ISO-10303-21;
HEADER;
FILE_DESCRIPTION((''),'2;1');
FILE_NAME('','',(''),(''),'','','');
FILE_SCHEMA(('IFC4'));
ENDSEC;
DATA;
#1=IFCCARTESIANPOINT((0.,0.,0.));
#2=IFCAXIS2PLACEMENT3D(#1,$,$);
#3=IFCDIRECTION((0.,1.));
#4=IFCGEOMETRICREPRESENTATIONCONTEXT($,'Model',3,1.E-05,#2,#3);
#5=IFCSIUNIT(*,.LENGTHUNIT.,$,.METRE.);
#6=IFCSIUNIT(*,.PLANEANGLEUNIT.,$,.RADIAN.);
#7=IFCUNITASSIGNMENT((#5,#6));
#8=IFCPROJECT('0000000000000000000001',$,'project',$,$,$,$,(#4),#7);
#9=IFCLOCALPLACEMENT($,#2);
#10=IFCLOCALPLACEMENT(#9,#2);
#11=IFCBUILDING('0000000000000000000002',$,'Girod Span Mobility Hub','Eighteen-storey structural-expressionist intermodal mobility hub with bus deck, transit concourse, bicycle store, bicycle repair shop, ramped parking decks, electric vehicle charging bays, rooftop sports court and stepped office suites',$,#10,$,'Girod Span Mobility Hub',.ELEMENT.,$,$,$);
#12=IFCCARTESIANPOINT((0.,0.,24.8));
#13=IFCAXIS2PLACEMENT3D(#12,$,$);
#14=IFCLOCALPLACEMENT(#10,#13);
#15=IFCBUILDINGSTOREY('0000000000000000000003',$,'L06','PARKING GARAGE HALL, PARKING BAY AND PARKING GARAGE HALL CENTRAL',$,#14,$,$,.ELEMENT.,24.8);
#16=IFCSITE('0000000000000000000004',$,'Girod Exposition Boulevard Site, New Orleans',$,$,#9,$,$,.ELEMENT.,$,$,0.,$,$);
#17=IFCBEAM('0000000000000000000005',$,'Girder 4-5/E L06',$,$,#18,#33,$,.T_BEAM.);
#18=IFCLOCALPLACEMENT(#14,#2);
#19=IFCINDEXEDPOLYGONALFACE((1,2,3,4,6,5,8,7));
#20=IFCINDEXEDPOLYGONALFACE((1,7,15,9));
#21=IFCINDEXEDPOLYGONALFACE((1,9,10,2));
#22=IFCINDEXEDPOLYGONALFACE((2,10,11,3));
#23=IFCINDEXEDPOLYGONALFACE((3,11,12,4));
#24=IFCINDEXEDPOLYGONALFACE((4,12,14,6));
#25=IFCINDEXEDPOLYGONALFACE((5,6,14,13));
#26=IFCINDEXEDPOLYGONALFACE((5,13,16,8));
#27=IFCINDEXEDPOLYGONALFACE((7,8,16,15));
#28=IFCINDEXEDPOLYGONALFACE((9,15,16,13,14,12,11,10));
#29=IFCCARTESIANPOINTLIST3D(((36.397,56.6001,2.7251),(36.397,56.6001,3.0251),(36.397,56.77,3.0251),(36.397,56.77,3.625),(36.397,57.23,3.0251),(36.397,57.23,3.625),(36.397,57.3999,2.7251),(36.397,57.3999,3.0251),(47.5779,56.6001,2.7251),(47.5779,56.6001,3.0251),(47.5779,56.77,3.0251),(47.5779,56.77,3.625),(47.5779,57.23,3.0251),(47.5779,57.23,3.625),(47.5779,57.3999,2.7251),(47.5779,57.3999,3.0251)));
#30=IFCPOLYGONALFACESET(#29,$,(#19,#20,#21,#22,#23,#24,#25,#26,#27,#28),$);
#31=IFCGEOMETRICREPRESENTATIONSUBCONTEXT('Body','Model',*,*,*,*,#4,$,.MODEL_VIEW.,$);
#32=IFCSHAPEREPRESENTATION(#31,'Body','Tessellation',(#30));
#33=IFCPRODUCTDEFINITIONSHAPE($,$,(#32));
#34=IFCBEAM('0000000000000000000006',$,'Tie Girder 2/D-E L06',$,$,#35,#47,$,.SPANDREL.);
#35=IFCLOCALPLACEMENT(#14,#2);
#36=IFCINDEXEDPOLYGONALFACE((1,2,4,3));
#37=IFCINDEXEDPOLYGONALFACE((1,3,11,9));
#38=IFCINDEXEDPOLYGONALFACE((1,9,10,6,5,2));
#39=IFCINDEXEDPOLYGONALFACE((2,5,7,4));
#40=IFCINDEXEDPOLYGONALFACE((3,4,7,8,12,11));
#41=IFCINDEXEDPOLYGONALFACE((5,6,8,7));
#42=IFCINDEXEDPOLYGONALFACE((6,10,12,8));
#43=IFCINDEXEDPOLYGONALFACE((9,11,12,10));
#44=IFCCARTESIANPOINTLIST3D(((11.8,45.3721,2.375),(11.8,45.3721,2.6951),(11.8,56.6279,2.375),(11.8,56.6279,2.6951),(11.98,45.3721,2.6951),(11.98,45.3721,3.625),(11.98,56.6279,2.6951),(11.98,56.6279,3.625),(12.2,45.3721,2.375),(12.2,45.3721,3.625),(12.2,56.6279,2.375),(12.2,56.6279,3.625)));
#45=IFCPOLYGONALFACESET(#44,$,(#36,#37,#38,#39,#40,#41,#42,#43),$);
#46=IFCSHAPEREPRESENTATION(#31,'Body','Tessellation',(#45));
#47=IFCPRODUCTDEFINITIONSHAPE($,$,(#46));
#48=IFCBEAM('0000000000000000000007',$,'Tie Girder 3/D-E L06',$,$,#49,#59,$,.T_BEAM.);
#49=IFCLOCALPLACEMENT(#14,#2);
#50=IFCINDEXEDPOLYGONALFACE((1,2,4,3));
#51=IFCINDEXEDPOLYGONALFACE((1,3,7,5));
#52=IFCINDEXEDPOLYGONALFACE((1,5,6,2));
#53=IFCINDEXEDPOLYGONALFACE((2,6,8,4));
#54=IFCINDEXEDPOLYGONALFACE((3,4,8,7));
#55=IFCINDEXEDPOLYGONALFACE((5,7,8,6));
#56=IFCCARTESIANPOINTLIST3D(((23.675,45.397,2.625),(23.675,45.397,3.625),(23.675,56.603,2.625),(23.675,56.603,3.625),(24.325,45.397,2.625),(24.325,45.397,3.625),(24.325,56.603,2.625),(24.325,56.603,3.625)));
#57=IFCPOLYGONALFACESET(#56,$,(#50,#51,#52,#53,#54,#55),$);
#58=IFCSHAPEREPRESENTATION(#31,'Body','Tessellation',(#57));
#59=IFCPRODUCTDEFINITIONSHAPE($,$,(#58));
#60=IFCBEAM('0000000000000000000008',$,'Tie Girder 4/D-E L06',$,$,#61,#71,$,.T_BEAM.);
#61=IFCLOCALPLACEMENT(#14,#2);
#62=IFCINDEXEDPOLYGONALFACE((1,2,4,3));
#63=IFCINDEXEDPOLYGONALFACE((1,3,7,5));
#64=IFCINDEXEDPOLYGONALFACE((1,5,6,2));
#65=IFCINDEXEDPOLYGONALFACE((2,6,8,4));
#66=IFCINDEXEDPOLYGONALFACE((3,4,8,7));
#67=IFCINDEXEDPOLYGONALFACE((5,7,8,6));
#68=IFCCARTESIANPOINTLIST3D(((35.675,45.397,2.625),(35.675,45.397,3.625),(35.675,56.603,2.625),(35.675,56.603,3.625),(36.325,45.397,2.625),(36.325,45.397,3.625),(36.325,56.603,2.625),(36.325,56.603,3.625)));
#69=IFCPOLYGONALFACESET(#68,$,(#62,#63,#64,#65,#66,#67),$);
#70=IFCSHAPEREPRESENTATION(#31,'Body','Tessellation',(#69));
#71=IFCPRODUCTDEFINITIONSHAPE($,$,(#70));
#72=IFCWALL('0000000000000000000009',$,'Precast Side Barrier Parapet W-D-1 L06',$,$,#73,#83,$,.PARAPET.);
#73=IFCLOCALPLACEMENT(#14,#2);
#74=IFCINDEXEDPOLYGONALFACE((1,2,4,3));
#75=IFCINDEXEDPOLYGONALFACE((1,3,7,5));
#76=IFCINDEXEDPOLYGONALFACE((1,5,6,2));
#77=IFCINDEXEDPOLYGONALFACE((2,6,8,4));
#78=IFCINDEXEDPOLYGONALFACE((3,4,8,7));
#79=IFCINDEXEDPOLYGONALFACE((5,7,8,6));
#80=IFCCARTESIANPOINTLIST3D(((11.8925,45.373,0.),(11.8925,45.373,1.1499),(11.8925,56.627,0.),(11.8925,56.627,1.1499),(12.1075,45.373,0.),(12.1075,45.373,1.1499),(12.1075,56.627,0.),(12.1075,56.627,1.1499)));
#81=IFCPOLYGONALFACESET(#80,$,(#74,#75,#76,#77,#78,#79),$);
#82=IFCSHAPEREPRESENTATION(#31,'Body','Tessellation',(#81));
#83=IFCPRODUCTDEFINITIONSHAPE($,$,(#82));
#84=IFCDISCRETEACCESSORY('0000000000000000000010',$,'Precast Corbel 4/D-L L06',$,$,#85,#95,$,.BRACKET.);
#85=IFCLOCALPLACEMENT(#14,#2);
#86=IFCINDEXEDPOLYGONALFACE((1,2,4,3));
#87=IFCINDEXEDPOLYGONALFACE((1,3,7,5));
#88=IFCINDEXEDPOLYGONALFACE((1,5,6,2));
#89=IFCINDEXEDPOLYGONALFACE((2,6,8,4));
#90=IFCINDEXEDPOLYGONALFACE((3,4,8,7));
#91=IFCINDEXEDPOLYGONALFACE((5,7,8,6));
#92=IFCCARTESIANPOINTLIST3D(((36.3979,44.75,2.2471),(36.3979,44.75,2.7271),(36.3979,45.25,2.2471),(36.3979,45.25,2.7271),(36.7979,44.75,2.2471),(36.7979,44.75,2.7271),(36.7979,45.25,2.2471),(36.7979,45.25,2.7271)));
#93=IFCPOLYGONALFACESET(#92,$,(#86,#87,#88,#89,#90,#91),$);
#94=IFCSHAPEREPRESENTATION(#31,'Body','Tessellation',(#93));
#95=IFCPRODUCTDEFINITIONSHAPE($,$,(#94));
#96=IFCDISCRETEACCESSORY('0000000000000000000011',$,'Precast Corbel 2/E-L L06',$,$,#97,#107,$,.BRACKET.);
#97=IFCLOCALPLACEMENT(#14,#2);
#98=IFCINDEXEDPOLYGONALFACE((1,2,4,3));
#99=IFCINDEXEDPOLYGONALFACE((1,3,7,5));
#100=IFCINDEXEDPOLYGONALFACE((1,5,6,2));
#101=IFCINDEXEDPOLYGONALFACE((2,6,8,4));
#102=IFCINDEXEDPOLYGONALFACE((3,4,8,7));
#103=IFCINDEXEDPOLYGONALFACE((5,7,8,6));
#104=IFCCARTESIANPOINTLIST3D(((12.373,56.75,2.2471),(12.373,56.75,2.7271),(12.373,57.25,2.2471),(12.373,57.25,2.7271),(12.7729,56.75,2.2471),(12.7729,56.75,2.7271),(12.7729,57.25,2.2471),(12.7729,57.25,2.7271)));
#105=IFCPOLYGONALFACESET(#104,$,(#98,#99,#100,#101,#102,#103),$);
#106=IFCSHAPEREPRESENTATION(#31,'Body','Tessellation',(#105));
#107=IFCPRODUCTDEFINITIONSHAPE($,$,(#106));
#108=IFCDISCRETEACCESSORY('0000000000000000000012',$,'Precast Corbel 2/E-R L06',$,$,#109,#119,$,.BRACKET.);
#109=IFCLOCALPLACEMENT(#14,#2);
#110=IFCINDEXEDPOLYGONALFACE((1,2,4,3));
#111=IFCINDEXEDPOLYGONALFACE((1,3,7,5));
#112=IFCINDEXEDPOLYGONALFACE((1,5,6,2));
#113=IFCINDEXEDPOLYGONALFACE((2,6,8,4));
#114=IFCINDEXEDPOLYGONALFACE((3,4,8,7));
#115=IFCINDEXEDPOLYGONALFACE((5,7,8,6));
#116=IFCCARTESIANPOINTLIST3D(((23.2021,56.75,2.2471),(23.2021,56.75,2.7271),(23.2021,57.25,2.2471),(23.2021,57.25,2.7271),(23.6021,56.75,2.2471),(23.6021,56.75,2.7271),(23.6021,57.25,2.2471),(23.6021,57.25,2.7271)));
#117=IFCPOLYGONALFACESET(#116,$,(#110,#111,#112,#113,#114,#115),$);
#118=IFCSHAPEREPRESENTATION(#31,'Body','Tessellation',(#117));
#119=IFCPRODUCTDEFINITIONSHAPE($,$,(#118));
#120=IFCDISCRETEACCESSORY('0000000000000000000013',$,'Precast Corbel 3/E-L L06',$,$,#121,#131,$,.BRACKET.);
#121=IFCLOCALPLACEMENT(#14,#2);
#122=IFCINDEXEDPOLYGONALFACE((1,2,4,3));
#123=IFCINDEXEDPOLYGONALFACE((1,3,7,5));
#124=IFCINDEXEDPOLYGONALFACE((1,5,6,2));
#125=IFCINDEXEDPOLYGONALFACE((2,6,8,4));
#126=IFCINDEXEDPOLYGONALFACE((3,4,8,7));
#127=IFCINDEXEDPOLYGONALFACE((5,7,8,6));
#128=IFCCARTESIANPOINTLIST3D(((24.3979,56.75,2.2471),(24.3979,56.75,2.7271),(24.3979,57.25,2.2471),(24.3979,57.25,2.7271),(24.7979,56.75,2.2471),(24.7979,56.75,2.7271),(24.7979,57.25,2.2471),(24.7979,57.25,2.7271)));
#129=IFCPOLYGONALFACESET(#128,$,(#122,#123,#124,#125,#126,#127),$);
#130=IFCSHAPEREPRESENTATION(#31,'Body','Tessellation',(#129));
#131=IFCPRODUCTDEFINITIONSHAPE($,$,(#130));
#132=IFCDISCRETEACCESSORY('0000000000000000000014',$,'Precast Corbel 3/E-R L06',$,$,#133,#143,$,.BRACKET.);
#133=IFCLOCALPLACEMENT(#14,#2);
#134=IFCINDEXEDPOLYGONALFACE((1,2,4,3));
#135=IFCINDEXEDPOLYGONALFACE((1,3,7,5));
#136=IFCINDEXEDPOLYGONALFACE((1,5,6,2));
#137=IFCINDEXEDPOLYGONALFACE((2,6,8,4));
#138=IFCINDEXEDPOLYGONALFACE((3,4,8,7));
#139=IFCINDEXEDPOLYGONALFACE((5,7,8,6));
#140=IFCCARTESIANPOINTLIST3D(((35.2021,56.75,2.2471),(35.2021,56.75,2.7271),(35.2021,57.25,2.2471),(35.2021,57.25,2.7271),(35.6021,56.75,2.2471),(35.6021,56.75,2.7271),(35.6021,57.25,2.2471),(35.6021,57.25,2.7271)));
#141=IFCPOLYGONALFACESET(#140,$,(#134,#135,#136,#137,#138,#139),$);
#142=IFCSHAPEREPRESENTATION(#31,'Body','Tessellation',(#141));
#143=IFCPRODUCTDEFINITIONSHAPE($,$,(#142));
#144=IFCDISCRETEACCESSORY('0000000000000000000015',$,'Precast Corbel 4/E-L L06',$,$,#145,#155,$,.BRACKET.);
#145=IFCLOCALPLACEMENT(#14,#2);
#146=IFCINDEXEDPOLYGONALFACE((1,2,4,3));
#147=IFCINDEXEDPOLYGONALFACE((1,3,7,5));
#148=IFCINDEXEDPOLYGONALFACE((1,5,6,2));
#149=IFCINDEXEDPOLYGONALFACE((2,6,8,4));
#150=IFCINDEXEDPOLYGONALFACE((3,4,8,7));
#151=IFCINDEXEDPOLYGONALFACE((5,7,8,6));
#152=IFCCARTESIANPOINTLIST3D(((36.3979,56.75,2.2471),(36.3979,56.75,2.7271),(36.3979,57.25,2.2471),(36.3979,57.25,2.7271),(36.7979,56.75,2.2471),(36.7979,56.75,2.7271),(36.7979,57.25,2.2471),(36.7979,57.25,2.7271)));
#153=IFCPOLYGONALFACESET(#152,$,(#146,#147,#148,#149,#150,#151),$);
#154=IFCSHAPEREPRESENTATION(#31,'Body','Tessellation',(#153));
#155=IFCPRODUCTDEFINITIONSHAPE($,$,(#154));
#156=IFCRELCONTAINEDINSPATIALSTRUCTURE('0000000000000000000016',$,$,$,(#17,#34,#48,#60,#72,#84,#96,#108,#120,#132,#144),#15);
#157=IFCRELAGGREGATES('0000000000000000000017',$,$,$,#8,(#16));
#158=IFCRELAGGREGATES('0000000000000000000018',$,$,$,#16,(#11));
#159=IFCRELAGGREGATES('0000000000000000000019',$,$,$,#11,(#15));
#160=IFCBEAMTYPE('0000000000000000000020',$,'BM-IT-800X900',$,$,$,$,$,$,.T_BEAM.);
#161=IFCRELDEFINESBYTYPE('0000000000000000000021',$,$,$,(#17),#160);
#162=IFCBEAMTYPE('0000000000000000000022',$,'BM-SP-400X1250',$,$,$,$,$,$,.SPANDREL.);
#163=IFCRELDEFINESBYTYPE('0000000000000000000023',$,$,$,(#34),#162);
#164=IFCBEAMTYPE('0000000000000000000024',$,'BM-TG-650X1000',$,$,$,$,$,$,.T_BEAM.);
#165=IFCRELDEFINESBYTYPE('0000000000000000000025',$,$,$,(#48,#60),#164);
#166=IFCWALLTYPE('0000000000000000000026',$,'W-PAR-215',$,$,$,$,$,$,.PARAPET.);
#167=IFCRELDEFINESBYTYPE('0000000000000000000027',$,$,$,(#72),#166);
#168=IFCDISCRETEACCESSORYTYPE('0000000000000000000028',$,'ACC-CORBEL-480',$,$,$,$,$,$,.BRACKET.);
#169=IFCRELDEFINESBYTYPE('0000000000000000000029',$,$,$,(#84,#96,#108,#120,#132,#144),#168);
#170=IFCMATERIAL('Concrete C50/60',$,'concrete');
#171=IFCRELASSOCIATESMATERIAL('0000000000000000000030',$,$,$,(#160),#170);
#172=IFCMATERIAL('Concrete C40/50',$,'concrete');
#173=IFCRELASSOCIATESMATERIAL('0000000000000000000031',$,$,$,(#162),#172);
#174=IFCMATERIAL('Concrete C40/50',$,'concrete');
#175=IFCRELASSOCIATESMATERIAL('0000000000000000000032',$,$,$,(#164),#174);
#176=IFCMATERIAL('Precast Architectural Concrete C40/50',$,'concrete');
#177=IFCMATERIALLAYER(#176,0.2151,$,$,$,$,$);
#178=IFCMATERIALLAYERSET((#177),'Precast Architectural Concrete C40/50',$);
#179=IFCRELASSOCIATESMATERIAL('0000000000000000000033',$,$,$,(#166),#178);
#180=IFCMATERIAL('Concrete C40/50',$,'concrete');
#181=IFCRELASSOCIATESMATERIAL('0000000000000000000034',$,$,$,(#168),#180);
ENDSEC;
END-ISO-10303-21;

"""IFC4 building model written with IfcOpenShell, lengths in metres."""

from ifc_helpers import new_model, si_unit, direction, frame, frame_2d, origin, origin_2d, place, context, subcontext, project, spatial, polyline, rectangle, outline, extrude, material, layer, layer_set, material_profile, profile_set, type_object, element, save


model = new_model("IFC4")

# Units and contexts
model_context = context("Model", 3, precision=1e-05, world=origin(), true_north=direction((0.0, 1.0)))
body_context = subcontext(model_context, "Body", "Model", "MODEL_VIEW")
ifc_project = project(units=[si_unit("LENGTHUNIT", "METRE"), si_unit("PLANEANGLEUNIT", "RADIAN")], contexts=[model_context])

# Site, building, storey
site_placement = place(None, origin())
site = spatial("IfcSite", under=ifc_project, at=site_placement, Name="Girod Exposition Boulevard Site, New Orleans", CompositionType="ELEMENT", RefElevation=0.0)
building_placement = place(site_placement, origin())
building = spatial("IfcBuilding", under=site, at=building_placement, Name="Girod Span Mobility Hub", Description="Eighteen-storey structural-expressionist intermodal mobility hub with bus deck, transit concourse, bicycle store, bicycle repair shop, ramped parking decks, electric vehicle charging bays, rooftop sports court and stepped office suites", LongName="Girod Span Mobility Hub", CompositionType="ELEMENT")
storey_placement = place(building_placement, frame((0.0, 0.0, 24.8)))
storey = spatial("IfcBuildingStorey", under=building, at=storey_placement, Name="L06", Description="PARKING GARAGE HALL, PARKING BAY AND PARKING GARAGE HALL CENTRAL", CompositionType="ELEMENT", Elevation=24.8)

# Beams
ifc_material_1 = material(Name="Concrete C50/60", Category="concrete")
ifc_material_profile_1 = material_profile(ifc_material_1, outline(polyline([(-0.3999, -0.45), (0.3999, -0.45), (0.3999, -0.1499), (0.23, -0.1499), (0.23, 0.45), (-0.23, 0.45), (-0.23, -0.1499), (-0.3999, -0.1499), (-0.3999, -0.45)])), Name="IT-800X900")
ifc_profile_set_1 = profile_set([ifc_material_profile_1], Name="Concrete C50/60")
beam_type_1 = type_object("IfcBeamType", Name="BM-IT-800X900", PredefinedType="T_BEAM", material=ifc_profile_set_1)
beam_1_placement = place(storey_placement, frame((36.397, 57.0, 3.175), z_axis=(1.0, 0.0, 0.0), x_axis=(0.0, 1.0, 0.0)))
element("IfcBeam", 1, at=beam_1_placement, inside=storey, type_object=beam_type_1, Name="Girder 4-5/E L06", PredefinedType="T_BEAM", context=body_context, shape_type="SweptSolid", body=[
    extrude(outline(polyline([(-0.3999, -0.45), (0.3999, -0.45), (0.3999, -0.1499), (0.23, -0.1499), (0.23, 0.45), (-0.23, 0.45), (-0.23, -0.1499), (-0.3999, -0.1499), (-0.3999, -0.45)])), origin(), (0.0, 0.0, 1.0), 11.1809),
])
ifc_material_2 = material(Name="Concrete C40/50", Category="concrete")
ifc_material_profile_2 = material_profile(ifc_material_2, outline(polyline([(-0.2, -0.625), (0.2, -0.625), (0.2, -0.3049), (0.02, -0.3049), (0.02, 0.625), (-0.2, 0.625), (-0.2, -0.625)])), Name="SP-400X1250")
ifc_profile_set_2 = profile_set([ifc_material_profile_2], Name="Concrete C40/50")
beam_type_2 = type_object("IfcBeamType", Name="BM-SP-400X1250", PredefinedType="SPANDREL", material=ifc_profile_set_2)
beam_2_placement = place(storey_placement, frame((12.0, 45.3721, 3.0), z_axis=(0.0, 1.0, 0.0), x_axis=(-1.0, 0.0, 0.0)))
element("IfcBeam", 2, at=beam_2_placement, inside=storey, type_object=beam_type_2, Name="Tie Girder 2/D-E L06", PredefinedType="SPANDREL", context=body_context, shape_type="SweptSolid", body=[
    extrude(outline(polyline([(-0.2, -0.625), (0.2, -0.625), (0.2, -0.3049), (0.02, -0.3049), (0.02, 0.625), (-0.2, 0.625), (-0.2, -0.625)])), origin(), (0.0, 0.0, 1.0), 11.2559),
])
ifc_material_3 = material(Name="Concrete C40/50", Category="concrete")
ifc_material_profile_3 = material_profile(ifc_material_3, rectangle(XDim=0.6499, YDim=1.0, at=origin_2d()), Name="TG-650X1000")
ifc_profile_set_3 = profile_set([ifc_material_profile_3], Name="Concrete C40/50")
beam_type_3 = type_object("IfcBeamType", Name="BM-TG-650X1000", PredefinedType="T_BEAM", material=ifc_profile_set_3)
for number, where, z_axis, x_axis, name in (
    (3, (24.0, 45.397, 3.125), (0.0, 1.0, 0.0), (-1.0, 0.0, 0.0), "Tie Girder 3/D-E L06"),
    (4, (36.0, 45.397, 3.125), (0.0, 1.0, 0.0), (-1.0, 0.0, 0.0), "Tie Girder 4/D-E L06"),
):
    element("IfcBeam", number, at=place(storey_placement, frame(where, z_axis=z_axis, x_axis=x_axis)), inside=storey, type_object=beam_type_3, Name=name, PredefinedType="T_BEAM", context=body_context, shape_type="SweptSolid", body=[
        extrude(rectangle(XDim=0.6499, YDim=1.0, at=origin_2d()), origin(), (0.0, 0.0, 1.0), 11.2061),
    ])

# Wall
ifc_material_4 = material(Name="Precast Architectural Concrete C40/50", Category="concrete")
ifc_layer = layer(ifc_material_4, 0.2151)
ifc_layer_set = layer_set([ifc_layer], Name="Precast Architectural Concrete C40/50")
wall_type = type_object("IfcWallType", Name="W-PAR-215", PredefinedType="PARAPET", material=ifc_layer_set)
wall_placement = place(storey_placement, frame((12.0, 45.373, 0.0), z_axis=(0.0, 0.0, 1.0), x_axis=(0.0, 1.0, 0.0)))
element("IfcWall", 5, at=wall_placement, inside=storey, type_object=wall_type, Name="Precast Side Barrier Parapet W-D-1 L06", PredefinedType="PARAPET", context=body_context, shape_type="SweptSolid", body=[
    extrude(rectangle(XDim=11.2539, YDim=0.2151, at=frame_2d((5.627, 0.0))), origin(), (0.0, 0.0, 1.0), 1.1499),
])

# Discrete accessories
ifc_material_5 = material(Name="Concrete C40/50", Category="concrete")
discrete_accessory_type = type_object("IfcDiscreteAccessoryType", Name="ACC-CORBEL-480", PredefinedType="BRACKET", material=ifc_material_5)
for number, where, z_axis, x_axis, name in (
    (6, (36.5979, 45.0, 2.2471), (0.0, 0.0, 1.0), (1.0, 0.0, 0.0), "Precast Corbel 4/D-L L06"),
    (7, (12.573, 57.0, 2.2471), (0.0, 0.0, 1.0), (1.0, 0.0, 0.0), "Precast Corbel 2/E-L L06"),
    (8, (23.4021, 57.0, 2.2471), (0.0, 0.0, 1.0), (1.0, 0.0, 0.0), "Precast Corbel 2/E-R L06"),
    (9, (24.5979, 57.0, 2.2471), (0.0, 0.0, 1.0), (1.0, 0.0, 0.0), "Precast Corbel 3/E-L L06"),
    (10, (35.4021, 57.0, 2.2471), (0.0, 0.0, 1.0), (1.0, 0.0, 0.0), "Precast Corbel 3/E-R L06"),
    (11, (36.5979, 57.0, 2.2471), (0.0, 0.0, 1.0), (1.0, 0.0, 0.0), "Precast Corbel 4/E-L L06"),
):
    element("IfcDiscreteAccessory", number, at=place(storey_placement, frame(where, z_axis=z_axis, x_axis=x_axis)), inside=storey, type_object=discrete_accessory_type, Name=name, PredefinedType="BRACKET", context=body_context, shape_type="SweptSolid", body=[
        extrude(rectangle(XDim=0.3999, YDim=0.5, at=origin_2d()), origin(), (0.0, 0.0, 1.0), 0.48),
    ])

save(model, "model.ifc")
